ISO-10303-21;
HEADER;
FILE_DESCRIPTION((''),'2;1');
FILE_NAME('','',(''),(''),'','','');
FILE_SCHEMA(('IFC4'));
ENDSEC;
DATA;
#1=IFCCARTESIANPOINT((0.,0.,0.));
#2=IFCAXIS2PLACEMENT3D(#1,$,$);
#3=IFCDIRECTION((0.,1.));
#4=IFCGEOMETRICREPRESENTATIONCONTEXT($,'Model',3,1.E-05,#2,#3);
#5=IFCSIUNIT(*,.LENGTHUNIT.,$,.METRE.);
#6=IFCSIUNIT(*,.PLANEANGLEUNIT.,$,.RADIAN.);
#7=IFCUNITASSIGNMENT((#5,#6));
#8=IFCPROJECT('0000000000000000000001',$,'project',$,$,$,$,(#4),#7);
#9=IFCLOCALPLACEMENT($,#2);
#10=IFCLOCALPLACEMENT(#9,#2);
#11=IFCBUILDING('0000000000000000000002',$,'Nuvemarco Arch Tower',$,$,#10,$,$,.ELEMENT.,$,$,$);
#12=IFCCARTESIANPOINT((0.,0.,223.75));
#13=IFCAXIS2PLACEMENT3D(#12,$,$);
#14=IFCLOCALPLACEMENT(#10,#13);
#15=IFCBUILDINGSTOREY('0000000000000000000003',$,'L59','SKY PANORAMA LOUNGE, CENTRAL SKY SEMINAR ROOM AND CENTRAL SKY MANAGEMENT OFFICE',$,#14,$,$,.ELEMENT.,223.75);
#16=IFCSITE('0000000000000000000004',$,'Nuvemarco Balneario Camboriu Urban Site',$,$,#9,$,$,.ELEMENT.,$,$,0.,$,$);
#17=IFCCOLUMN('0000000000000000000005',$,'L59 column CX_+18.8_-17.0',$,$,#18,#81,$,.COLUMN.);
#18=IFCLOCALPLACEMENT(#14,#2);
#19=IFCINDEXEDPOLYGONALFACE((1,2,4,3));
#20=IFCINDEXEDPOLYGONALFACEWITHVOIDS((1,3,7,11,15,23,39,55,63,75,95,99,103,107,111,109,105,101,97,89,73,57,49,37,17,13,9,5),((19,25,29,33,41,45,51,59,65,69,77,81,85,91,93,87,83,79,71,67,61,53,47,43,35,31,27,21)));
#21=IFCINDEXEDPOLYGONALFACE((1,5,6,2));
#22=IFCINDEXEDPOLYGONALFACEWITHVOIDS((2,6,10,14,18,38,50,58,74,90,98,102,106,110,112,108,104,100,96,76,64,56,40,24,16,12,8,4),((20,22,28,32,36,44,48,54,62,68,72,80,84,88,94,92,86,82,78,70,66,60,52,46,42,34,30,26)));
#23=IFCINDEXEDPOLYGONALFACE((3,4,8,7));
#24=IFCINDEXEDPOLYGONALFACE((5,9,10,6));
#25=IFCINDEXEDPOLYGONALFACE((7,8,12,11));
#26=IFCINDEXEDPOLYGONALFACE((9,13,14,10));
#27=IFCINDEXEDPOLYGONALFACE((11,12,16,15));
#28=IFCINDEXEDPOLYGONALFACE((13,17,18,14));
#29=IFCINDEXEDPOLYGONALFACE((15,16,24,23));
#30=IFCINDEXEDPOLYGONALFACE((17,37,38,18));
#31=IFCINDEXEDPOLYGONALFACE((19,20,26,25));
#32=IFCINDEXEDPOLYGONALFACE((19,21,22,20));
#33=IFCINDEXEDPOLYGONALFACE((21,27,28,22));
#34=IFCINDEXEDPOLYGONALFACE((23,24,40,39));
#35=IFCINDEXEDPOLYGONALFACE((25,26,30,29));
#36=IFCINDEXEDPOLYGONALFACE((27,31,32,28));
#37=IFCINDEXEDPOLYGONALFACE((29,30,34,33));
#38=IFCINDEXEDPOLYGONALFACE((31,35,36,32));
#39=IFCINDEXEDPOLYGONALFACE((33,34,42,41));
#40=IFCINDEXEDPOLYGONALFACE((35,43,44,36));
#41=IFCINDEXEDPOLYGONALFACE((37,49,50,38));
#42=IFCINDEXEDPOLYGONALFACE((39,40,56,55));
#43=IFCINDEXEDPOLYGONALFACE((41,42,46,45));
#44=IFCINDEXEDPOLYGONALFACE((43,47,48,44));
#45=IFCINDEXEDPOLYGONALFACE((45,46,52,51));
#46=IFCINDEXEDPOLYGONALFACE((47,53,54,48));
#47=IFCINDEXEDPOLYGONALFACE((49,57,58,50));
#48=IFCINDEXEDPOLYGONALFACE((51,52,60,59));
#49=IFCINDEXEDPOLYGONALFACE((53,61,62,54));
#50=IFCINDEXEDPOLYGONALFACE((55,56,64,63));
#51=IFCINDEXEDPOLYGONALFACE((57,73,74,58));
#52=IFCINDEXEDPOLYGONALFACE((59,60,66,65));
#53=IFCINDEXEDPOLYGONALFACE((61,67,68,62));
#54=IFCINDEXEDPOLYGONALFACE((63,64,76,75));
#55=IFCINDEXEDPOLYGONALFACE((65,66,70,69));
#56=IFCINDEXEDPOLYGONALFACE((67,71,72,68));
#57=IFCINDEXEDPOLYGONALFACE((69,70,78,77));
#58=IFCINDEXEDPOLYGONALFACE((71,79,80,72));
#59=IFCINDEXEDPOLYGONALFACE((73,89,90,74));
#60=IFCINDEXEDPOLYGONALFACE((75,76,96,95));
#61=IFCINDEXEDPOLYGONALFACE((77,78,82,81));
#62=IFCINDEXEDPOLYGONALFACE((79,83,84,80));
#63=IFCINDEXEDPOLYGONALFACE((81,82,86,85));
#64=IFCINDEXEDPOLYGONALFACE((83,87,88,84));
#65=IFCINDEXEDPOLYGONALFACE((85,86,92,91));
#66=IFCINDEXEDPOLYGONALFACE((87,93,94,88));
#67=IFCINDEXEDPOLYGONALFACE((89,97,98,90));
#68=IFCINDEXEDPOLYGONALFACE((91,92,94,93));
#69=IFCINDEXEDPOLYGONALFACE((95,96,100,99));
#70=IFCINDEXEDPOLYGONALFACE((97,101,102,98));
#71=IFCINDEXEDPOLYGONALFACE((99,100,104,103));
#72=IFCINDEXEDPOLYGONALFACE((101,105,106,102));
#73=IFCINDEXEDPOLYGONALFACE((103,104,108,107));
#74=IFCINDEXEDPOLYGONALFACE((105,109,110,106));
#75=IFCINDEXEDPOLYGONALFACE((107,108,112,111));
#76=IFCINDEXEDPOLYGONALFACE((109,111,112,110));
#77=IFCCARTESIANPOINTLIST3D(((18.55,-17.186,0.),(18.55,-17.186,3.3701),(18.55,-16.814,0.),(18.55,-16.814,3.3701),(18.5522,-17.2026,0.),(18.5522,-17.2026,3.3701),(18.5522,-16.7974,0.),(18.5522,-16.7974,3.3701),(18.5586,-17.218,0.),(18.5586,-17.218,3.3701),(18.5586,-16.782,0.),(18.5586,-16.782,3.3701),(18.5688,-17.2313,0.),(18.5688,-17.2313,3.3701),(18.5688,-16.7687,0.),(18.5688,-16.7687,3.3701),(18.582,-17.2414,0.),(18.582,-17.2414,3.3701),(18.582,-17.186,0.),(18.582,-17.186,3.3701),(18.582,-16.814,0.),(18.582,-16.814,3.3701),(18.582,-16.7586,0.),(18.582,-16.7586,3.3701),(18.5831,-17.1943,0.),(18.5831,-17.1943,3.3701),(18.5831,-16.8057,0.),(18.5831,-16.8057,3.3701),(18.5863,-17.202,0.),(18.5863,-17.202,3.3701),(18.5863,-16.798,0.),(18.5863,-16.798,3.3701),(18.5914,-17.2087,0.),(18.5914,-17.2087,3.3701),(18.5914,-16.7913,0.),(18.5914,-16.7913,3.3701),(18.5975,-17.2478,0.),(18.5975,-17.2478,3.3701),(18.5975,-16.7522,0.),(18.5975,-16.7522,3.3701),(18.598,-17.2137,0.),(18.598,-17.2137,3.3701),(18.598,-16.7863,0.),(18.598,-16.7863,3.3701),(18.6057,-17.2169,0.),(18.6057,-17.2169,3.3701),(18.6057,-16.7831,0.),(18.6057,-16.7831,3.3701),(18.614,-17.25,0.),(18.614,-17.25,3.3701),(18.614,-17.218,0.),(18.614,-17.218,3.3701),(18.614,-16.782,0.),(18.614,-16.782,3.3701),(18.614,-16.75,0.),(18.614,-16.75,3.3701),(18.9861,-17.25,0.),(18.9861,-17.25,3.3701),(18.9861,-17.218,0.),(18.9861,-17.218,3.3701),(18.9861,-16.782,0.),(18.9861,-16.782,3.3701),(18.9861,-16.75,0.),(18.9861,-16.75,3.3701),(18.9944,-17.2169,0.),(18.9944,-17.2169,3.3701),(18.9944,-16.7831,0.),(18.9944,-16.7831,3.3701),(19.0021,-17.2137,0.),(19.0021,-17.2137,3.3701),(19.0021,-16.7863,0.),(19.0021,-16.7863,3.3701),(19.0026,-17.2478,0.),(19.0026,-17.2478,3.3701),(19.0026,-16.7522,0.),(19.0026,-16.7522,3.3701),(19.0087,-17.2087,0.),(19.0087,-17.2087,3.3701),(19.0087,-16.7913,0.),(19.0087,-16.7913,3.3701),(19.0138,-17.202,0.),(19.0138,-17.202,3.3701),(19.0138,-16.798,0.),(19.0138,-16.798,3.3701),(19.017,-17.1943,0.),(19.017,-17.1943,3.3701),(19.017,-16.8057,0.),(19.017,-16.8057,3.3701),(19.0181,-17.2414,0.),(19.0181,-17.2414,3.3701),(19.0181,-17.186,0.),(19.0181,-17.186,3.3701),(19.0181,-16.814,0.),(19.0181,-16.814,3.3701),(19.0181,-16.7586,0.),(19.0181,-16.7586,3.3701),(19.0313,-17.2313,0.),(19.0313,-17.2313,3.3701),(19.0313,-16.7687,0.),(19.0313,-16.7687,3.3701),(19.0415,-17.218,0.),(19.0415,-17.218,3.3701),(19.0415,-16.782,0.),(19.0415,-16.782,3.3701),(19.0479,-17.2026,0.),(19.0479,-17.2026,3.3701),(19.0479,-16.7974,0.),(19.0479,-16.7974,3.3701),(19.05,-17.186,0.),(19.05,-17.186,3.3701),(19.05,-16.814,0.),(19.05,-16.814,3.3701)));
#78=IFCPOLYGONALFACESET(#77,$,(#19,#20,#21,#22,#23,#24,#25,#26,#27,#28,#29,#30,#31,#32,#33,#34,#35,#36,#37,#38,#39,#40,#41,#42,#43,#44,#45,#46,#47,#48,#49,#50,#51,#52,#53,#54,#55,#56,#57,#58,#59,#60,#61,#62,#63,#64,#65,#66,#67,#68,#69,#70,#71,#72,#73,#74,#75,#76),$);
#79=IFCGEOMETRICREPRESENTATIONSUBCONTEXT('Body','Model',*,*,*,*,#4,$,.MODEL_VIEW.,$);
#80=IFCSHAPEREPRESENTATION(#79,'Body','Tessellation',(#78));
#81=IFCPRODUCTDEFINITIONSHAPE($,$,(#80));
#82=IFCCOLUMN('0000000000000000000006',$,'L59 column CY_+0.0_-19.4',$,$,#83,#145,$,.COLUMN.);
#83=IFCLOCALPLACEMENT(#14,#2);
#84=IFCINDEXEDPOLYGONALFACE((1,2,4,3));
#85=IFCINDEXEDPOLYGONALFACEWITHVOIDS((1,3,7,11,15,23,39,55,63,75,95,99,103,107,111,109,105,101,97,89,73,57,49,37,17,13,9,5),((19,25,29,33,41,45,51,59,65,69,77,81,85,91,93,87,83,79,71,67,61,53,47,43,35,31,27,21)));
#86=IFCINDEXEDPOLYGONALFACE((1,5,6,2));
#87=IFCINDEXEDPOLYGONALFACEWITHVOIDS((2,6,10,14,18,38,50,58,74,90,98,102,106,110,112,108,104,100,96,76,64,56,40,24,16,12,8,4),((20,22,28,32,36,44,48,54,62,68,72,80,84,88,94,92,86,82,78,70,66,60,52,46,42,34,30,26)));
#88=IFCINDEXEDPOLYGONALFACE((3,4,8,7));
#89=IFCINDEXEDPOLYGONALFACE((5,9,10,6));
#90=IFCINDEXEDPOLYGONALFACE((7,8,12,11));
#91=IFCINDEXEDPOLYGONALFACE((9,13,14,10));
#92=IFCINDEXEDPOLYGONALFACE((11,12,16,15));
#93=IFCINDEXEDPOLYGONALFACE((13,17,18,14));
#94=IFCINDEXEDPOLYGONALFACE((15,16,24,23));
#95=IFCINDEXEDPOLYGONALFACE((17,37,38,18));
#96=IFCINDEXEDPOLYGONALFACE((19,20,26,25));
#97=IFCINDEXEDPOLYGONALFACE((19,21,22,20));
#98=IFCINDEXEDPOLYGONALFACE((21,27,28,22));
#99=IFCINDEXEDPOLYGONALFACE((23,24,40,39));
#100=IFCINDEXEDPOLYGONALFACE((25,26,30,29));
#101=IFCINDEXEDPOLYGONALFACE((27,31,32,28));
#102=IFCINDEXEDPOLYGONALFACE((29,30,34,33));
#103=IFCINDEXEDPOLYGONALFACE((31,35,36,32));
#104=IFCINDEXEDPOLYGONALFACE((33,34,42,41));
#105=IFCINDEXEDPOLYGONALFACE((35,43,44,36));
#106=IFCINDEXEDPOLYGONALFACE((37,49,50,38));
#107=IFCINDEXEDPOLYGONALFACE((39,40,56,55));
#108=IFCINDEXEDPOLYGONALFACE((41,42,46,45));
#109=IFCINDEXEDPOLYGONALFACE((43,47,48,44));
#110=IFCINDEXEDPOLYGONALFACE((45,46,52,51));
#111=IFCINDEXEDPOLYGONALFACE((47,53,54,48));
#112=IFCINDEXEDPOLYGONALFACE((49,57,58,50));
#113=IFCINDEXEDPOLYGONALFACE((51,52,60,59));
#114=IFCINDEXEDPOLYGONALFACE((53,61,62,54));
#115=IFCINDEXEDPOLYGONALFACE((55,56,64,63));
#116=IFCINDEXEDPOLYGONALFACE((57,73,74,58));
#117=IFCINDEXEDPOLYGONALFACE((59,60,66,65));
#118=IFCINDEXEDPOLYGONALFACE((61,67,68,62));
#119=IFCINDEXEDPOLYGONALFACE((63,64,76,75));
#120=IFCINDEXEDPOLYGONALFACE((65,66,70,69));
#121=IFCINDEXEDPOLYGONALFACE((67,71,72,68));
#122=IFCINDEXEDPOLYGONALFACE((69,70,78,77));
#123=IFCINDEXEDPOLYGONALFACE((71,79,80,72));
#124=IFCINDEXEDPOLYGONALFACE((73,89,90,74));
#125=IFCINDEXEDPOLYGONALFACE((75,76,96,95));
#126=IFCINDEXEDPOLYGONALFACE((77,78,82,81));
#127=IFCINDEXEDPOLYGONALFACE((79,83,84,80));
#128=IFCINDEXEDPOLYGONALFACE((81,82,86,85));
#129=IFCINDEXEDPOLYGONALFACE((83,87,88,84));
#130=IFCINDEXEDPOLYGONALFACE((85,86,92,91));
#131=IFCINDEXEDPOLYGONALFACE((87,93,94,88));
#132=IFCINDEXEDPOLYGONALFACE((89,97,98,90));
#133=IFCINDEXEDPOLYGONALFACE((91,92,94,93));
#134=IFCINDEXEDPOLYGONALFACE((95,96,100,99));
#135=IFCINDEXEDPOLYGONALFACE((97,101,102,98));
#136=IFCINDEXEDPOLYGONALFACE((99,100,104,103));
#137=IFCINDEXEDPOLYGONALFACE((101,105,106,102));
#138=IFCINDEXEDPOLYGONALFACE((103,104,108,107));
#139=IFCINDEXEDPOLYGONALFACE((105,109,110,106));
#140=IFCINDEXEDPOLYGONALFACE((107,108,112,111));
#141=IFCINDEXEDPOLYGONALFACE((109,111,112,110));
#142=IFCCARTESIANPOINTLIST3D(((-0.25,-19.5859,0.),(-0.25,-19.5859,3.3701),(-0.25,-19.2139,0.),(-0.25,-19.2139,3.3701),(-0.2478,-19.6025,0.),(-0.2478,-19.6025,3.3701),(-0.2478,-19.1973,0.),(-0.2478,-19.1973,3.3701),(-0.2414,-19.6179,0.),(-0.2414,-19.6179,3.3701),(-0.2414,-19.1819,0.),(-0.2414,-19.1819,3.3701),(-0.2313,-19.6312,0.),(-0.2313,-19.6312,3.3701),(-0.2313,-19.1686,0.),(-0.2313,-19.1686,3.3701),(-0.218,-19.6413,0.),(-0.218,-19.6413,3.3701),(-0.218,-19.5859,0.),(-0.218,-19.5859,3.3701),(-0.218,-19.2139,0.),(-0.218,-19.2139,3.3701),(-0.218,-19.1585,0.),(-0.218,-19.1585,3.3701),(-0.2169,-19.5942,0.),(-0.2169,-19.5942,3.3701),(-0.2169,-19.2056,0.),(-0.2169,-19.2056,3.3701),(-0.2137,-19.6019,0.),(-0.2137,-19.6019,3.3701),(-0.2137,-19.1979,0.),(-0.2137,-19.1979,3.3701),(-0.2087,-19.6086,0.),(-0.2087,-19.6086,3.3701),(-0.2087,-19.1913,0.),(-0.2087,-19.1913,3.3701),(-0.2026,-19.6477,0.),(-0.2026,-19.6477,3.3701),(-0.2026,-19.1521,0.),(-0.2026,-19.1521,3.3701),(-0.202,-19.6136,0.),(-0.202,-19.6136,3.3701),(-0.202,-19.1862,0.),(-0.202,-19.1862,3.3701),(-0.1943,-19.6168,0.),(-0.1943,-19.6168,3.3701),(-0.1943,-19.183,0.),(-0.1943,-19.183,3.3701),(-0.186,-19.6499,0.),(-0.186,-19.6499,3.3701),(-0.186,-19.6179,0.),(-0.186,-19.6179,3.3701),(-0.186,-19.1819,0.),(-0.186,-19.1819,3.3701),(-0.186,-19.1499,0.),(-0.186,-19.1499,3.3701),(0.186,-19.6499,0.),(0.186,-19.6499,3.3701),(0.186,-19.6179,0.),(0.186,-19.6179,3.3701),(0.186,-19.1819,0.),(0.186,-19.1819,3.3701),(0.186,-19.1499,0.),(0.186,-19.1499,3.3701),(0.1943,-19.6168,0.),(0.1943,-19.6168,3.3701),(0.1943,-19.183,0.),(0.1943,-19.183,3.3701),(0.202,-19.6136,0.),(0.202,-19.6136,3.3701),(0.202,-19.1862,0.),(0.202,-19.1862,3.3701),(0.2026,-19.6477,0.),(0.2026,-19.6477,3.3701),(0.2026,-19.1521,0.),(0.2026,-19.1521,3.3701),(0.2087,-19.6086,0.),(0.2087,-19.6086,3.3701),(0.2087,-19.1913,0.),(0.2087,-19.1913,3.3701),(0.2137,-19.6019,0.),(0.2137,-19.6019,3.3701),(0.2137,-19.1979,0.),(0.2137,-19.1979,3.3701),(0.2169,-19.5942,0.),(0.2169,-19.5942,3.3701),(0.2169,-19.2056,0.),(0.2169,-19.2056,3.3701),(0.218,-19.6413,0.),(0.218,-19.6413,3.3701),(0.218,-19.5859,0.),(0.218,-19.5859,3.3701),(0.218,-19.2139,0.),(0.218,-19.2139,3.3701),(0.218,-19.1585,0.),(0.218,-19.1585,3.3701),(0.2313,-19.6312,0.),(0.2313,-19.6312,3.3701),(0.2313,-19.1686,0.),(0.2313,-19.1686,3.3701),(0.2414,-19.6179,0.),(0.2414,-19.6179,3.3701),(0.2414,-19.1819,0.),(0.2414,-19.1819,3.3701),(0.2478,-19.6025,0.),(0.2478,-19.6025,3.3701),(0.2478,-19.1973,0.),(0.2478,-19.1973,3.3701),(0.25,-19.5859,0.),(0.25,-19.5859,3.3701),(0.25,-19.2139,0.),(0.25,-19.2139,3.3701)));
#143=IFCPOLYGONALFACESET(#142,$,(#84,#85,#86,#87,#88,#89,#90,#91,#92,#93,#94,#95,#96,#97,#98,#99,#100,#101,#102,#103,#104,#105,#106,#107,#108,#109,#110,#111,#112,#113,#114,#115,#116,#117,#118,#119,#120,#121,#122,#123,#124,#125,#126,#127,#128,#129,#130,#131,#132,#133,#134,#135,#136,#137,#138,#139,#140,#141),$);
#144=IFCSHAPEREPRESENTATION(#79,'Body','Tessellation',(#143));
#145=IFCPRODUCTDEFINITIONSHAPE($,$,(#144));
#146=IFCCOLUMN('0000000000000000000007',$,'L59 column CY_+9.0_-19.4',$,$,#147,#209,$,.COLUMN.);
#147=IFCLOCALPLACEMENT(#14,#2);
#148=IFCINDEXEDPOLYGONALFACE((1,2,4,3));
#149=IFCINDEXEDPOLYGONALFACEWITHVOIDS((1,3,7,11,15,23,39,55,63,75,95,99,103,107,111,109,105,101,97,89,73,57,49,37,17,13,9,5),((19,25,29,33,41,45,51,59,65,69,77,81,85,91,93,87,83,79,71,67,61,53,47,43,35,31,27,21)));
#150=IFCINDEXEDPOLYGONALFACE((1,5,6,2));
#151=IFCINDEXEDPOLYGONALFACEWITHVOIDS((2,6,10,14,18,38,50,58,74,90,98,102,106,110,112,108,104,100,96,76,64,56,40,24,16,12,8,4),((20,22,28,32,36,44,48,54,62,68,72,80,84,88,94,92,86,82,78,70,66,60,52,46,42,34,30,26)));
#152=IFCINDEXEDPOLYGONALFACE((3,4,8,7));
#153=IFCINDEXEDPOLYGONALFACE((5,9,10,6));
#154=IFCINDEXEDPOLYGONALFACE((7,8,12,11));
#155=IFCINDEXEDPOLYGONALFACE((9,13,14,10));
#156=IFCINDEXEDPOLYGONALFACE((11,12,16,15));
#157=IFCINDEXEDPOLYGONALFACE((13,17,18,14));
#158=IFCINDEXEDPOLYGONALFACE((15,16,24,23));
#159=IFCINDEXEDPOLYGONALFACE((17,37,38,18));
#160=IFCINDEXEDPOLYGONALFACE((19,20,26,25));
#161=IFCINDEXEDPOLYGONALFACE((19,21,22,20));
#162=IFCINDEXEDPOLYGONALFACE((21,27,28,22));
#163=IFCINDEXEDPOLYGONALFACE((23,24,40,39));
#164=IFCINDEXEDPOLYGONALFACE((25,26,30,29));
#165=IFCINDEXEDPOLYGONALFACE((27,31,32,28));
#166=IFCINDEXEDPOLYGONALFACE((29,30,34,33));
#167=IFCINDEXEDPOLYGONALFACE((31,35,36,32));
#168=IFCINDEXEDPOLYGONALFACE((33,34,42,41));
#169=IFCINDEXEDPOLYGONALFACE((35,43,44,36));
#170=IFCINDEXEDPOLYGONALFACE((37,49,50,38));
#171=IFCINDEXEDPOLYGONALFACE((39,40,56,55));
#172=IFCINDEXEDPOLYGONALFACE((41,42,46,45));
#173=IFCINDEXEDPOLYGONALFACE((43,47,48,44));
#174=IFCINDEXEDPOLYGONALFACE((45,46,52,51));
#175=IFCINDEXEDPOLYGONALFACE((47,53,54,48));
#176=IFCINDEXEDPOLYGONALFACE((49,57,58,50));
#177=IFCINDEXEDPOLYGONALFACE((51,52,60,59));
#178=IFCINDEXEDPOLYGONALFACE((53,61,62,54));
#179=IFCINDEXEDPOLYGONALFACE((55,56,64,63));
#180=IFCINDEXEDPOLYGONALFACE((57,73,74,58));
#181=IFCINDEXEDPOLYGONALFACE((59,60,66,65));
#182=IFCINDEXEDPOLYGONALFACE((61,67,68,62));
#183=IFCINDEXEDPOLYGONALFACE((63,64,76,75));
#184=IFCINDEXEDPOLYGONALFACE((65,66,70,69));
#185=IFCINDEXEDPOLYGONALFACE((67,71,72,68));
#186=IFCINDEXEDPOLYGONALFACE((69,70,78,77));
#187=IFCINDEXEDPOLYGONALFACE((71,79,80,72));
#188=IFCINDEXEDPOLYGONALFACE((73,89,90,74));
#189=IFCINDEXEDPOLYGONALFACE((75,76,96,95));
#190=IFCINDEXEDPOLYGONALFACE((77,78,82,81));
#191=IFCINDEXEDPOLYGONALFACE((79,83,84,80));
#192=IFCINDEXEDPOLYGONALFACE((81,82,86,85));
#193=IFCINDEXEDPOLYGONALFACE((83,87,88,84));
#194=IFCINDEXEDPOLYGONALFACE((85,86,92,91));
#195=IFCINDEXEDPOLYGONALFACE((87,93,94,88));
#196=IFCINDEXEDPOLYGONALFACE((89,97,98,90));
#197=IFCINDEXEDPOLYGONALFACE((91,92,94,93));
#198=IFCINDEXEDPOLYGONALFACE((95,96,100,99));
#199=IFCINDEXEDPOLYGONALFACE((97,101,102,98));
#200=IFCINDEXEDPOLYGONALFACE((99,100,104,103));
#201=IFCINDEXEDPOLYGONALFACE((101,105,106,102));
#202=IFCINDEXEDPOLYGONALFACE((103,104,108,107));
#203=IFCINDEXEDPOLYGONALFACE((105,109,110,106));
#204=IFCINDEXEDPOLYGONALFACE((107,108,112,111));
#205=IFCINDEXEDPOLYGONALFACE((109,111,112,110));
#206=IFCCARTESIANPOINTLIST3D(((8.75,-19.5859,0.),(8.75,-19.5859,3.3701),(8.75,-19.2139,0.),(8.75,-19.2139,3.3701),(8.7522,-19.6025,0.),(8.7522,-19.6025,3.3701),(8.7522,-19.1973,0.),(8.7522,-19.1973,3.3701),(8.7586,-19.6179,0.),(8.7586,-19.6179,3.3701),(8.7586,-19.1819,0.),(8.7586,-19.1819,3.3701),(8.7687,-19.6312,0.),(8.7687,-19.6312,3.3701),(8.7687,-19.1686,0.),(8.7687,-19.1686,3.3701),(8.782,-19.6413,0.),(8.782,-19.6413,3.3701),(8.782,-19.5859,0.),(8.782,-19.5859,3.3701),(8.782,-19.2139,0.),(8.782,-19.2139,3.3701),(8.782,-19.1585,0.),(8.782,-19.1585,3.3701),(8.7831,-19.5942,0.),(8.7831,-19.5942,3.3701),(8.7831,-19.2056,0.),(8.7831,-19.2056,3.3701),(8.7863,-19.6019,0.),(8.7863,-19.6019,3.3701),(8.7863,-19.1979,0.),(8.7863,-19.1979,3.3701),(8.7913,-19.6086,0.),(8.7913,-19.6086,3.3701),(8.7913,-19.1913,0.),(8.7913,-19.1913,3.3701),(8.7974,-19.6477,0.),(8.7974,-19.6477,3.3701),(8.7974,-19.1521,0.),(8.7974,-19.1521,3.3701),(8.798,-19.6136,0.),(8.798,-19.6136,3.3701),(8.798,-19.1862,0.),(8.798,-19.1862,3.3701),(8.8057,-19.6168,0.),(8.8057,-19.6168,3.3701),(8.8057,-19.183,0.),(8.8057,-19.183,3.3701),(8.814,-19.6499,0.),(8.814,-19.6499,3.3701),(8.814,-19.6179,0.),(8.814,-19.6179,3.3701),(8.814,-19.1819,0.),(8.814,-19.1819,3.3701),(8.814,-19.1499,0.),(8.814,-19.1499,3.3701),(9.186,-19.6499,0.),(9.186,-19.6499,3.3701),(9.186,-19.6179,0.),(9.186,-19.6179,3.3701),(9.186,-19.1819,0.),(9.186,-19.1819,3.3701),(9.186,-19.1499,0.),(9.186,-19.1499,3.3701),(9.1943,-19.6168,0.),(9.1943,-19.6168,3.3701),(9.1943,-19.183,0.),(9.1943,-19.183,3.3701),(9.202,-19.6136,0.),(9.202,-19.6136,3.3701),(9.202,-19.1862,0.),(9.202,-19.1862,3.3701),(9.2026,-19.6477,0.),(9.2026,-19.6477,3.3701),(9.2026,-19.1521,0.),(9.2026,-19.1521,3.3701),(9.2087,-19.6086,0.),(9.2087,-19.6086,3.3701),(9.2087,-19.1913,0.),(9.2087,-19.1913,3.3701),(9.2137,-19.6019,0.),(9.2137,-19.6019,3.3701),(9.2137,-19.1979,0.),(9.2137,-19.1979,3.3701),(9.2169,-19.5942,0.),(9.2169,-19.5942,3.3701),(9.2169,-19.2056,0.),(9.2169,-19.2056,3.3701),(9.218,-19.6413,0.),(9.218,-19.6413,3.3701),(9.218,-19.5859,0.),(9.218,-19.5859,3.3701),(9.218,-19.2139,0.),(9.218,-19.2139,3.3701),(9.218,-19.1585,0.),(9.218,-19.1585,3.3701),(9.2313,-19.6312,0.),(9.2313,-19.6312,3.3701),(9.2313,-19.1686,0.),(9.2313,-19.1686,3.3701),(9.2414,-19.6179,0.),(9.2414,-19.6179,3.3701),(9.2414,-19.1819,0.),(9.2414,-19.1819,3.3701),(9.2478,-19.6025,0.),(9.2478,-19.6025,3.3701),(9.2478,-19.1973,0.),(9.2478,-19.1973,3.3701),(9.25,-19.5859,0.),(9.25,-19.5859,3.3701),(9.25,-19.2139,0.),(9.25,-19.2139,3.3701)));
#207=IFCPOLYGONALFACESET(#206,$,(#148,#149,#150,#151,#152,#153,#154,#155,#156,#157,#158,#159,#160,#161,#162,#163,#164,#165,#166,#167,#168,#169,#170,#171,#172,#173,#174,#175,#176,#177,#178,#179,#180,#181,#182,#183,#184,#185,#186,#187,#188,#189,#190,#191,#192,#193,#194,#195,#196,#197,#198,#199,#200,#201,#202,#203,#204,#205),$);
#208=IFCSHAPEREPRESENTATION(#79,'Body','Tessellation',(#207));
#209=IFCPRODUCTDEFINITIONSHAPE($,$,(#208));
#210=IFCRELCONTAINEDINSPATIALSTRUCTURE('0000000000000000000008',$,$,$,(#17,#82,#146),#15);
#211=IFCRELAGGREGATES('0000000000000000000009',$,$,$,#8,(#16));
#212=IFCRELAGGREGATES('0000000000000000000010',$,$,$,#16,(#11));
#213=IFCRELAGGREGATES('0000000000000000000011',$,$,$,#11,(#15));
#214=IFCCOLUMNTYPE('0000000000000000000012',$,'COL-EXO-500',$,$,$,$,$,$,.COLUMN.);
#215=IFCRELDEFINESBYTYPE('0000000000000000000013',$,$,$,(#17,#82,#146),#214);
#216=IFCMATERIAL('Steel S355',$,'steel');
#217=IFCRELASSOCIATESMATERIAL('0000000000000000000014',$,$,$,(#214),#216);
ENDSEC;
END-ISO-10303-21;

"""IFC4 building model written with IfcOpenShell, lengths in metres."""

from ifc_helpers import new_model, si_unit, direction, frame, origin, origin_2d, place, context, subcontext, project, spatial, hollow_rectangle, extrude, material, material_profile, profile_set, type_object, element, save


model = new_model("IFC4")

# Units and contexts
model_context = context("Model", 3, precision=1e-05, world=origin(), true_north=direction((0.0, 1.0)))
body_context = subcontext(model_context, "Body", "Model", "MODEL_VIEW")
ifc_project = project(units=[si_unit("LENGTHUNIT", "METRE"), si_unit("PLANEANGLEUNIT", "RADIAN")], contexts=[model_context])

# Site, building, storey
site_placement = place(None, origin())
site = spatial("IfcSite", under=ifc_project, at=site_placement, Name="Nuvemarco Balneario Camboriu Urban Site", CompositionType="ELEMENT", RefElevation=0.0)
building_placement = place(site_placement, origin())
building = spatial("IfcBuilding", under=site, at=building_placement, Name="Nuvemarco Arch Tower", CompositionType="ELEMENT")
storey_placement = place(building_placement, frame((0.0, 0.0, 223.75)))
storey = spatial("IfcBuildingStorey", under=building, at=storey_placement, Name="L59", Description="SKY PANORAMA LOUNGE, CENTRAL SKY SEMINAR ROOM AND CENTRAL SKY MANAGEMENT OFFICE", CompositionType="ELEMENT", Elevation=223.75)

# Columns
ifc_material_1 = material(Name="Steel S355", Category="steel")
ifc_material_profile_1 = material_profile(ifc_material_1, hollow_rectangle(XDim=0.5, YDim=0.5, WallThickness=0.032, InnerFilletRadius=0.032, OuterFilletRadius=0.064, at=origin_2d()), Name="SHS500x500x32")
ifc_profile_set_1 = profile_set([ifc_material_profile_1], Name="Steel S355")
column_type_1 = type_object("IfcColumnType", Name="COL-EXO-500", PredefinedType="COLUMN", material=ifc_profile_set_1)
for number, where, z_axis, x_axis, name in (
    (1, (18.8, -17.0, 0.0), (0.0, 0.0, 1.0), (1.0, 0.0, 0.0), "L59 column CX_+18.8_-17.0"),
    (2, (0.0, -19.3999, 0.0), (0.0, 0.0, 1.0), (1.0, 0.0, 0.0), "L59 column CY_+0.0_-19.4"),
    (3, (9.0, -19.3999, 0.0), (0.0, 0.0, 1.0), (1.0, 0.0, 0.0), "L59 column CY_+9.0_-19.4"),
):
    element("IfcColumn", number, at=place(storey_placement, frame(where, z_axis=z_axis, x_axis=x_axis)), inside=storey, type_object=column_type_1, Name=name, PredefinedType="COLUMN", context=body_context, shape_type="SweptSolid", body=[
        extrude(hollow_rectangle(XDim=0.5, YDim=0.5, WallThickness=0.032, InnerFilletRadius=0.032, OuterFilletRadius=0.064, at=origin_2d()), origin(), (0.0, 0.0, 1.0), 3.3701),
    ])

save(model, "model.ifc")
